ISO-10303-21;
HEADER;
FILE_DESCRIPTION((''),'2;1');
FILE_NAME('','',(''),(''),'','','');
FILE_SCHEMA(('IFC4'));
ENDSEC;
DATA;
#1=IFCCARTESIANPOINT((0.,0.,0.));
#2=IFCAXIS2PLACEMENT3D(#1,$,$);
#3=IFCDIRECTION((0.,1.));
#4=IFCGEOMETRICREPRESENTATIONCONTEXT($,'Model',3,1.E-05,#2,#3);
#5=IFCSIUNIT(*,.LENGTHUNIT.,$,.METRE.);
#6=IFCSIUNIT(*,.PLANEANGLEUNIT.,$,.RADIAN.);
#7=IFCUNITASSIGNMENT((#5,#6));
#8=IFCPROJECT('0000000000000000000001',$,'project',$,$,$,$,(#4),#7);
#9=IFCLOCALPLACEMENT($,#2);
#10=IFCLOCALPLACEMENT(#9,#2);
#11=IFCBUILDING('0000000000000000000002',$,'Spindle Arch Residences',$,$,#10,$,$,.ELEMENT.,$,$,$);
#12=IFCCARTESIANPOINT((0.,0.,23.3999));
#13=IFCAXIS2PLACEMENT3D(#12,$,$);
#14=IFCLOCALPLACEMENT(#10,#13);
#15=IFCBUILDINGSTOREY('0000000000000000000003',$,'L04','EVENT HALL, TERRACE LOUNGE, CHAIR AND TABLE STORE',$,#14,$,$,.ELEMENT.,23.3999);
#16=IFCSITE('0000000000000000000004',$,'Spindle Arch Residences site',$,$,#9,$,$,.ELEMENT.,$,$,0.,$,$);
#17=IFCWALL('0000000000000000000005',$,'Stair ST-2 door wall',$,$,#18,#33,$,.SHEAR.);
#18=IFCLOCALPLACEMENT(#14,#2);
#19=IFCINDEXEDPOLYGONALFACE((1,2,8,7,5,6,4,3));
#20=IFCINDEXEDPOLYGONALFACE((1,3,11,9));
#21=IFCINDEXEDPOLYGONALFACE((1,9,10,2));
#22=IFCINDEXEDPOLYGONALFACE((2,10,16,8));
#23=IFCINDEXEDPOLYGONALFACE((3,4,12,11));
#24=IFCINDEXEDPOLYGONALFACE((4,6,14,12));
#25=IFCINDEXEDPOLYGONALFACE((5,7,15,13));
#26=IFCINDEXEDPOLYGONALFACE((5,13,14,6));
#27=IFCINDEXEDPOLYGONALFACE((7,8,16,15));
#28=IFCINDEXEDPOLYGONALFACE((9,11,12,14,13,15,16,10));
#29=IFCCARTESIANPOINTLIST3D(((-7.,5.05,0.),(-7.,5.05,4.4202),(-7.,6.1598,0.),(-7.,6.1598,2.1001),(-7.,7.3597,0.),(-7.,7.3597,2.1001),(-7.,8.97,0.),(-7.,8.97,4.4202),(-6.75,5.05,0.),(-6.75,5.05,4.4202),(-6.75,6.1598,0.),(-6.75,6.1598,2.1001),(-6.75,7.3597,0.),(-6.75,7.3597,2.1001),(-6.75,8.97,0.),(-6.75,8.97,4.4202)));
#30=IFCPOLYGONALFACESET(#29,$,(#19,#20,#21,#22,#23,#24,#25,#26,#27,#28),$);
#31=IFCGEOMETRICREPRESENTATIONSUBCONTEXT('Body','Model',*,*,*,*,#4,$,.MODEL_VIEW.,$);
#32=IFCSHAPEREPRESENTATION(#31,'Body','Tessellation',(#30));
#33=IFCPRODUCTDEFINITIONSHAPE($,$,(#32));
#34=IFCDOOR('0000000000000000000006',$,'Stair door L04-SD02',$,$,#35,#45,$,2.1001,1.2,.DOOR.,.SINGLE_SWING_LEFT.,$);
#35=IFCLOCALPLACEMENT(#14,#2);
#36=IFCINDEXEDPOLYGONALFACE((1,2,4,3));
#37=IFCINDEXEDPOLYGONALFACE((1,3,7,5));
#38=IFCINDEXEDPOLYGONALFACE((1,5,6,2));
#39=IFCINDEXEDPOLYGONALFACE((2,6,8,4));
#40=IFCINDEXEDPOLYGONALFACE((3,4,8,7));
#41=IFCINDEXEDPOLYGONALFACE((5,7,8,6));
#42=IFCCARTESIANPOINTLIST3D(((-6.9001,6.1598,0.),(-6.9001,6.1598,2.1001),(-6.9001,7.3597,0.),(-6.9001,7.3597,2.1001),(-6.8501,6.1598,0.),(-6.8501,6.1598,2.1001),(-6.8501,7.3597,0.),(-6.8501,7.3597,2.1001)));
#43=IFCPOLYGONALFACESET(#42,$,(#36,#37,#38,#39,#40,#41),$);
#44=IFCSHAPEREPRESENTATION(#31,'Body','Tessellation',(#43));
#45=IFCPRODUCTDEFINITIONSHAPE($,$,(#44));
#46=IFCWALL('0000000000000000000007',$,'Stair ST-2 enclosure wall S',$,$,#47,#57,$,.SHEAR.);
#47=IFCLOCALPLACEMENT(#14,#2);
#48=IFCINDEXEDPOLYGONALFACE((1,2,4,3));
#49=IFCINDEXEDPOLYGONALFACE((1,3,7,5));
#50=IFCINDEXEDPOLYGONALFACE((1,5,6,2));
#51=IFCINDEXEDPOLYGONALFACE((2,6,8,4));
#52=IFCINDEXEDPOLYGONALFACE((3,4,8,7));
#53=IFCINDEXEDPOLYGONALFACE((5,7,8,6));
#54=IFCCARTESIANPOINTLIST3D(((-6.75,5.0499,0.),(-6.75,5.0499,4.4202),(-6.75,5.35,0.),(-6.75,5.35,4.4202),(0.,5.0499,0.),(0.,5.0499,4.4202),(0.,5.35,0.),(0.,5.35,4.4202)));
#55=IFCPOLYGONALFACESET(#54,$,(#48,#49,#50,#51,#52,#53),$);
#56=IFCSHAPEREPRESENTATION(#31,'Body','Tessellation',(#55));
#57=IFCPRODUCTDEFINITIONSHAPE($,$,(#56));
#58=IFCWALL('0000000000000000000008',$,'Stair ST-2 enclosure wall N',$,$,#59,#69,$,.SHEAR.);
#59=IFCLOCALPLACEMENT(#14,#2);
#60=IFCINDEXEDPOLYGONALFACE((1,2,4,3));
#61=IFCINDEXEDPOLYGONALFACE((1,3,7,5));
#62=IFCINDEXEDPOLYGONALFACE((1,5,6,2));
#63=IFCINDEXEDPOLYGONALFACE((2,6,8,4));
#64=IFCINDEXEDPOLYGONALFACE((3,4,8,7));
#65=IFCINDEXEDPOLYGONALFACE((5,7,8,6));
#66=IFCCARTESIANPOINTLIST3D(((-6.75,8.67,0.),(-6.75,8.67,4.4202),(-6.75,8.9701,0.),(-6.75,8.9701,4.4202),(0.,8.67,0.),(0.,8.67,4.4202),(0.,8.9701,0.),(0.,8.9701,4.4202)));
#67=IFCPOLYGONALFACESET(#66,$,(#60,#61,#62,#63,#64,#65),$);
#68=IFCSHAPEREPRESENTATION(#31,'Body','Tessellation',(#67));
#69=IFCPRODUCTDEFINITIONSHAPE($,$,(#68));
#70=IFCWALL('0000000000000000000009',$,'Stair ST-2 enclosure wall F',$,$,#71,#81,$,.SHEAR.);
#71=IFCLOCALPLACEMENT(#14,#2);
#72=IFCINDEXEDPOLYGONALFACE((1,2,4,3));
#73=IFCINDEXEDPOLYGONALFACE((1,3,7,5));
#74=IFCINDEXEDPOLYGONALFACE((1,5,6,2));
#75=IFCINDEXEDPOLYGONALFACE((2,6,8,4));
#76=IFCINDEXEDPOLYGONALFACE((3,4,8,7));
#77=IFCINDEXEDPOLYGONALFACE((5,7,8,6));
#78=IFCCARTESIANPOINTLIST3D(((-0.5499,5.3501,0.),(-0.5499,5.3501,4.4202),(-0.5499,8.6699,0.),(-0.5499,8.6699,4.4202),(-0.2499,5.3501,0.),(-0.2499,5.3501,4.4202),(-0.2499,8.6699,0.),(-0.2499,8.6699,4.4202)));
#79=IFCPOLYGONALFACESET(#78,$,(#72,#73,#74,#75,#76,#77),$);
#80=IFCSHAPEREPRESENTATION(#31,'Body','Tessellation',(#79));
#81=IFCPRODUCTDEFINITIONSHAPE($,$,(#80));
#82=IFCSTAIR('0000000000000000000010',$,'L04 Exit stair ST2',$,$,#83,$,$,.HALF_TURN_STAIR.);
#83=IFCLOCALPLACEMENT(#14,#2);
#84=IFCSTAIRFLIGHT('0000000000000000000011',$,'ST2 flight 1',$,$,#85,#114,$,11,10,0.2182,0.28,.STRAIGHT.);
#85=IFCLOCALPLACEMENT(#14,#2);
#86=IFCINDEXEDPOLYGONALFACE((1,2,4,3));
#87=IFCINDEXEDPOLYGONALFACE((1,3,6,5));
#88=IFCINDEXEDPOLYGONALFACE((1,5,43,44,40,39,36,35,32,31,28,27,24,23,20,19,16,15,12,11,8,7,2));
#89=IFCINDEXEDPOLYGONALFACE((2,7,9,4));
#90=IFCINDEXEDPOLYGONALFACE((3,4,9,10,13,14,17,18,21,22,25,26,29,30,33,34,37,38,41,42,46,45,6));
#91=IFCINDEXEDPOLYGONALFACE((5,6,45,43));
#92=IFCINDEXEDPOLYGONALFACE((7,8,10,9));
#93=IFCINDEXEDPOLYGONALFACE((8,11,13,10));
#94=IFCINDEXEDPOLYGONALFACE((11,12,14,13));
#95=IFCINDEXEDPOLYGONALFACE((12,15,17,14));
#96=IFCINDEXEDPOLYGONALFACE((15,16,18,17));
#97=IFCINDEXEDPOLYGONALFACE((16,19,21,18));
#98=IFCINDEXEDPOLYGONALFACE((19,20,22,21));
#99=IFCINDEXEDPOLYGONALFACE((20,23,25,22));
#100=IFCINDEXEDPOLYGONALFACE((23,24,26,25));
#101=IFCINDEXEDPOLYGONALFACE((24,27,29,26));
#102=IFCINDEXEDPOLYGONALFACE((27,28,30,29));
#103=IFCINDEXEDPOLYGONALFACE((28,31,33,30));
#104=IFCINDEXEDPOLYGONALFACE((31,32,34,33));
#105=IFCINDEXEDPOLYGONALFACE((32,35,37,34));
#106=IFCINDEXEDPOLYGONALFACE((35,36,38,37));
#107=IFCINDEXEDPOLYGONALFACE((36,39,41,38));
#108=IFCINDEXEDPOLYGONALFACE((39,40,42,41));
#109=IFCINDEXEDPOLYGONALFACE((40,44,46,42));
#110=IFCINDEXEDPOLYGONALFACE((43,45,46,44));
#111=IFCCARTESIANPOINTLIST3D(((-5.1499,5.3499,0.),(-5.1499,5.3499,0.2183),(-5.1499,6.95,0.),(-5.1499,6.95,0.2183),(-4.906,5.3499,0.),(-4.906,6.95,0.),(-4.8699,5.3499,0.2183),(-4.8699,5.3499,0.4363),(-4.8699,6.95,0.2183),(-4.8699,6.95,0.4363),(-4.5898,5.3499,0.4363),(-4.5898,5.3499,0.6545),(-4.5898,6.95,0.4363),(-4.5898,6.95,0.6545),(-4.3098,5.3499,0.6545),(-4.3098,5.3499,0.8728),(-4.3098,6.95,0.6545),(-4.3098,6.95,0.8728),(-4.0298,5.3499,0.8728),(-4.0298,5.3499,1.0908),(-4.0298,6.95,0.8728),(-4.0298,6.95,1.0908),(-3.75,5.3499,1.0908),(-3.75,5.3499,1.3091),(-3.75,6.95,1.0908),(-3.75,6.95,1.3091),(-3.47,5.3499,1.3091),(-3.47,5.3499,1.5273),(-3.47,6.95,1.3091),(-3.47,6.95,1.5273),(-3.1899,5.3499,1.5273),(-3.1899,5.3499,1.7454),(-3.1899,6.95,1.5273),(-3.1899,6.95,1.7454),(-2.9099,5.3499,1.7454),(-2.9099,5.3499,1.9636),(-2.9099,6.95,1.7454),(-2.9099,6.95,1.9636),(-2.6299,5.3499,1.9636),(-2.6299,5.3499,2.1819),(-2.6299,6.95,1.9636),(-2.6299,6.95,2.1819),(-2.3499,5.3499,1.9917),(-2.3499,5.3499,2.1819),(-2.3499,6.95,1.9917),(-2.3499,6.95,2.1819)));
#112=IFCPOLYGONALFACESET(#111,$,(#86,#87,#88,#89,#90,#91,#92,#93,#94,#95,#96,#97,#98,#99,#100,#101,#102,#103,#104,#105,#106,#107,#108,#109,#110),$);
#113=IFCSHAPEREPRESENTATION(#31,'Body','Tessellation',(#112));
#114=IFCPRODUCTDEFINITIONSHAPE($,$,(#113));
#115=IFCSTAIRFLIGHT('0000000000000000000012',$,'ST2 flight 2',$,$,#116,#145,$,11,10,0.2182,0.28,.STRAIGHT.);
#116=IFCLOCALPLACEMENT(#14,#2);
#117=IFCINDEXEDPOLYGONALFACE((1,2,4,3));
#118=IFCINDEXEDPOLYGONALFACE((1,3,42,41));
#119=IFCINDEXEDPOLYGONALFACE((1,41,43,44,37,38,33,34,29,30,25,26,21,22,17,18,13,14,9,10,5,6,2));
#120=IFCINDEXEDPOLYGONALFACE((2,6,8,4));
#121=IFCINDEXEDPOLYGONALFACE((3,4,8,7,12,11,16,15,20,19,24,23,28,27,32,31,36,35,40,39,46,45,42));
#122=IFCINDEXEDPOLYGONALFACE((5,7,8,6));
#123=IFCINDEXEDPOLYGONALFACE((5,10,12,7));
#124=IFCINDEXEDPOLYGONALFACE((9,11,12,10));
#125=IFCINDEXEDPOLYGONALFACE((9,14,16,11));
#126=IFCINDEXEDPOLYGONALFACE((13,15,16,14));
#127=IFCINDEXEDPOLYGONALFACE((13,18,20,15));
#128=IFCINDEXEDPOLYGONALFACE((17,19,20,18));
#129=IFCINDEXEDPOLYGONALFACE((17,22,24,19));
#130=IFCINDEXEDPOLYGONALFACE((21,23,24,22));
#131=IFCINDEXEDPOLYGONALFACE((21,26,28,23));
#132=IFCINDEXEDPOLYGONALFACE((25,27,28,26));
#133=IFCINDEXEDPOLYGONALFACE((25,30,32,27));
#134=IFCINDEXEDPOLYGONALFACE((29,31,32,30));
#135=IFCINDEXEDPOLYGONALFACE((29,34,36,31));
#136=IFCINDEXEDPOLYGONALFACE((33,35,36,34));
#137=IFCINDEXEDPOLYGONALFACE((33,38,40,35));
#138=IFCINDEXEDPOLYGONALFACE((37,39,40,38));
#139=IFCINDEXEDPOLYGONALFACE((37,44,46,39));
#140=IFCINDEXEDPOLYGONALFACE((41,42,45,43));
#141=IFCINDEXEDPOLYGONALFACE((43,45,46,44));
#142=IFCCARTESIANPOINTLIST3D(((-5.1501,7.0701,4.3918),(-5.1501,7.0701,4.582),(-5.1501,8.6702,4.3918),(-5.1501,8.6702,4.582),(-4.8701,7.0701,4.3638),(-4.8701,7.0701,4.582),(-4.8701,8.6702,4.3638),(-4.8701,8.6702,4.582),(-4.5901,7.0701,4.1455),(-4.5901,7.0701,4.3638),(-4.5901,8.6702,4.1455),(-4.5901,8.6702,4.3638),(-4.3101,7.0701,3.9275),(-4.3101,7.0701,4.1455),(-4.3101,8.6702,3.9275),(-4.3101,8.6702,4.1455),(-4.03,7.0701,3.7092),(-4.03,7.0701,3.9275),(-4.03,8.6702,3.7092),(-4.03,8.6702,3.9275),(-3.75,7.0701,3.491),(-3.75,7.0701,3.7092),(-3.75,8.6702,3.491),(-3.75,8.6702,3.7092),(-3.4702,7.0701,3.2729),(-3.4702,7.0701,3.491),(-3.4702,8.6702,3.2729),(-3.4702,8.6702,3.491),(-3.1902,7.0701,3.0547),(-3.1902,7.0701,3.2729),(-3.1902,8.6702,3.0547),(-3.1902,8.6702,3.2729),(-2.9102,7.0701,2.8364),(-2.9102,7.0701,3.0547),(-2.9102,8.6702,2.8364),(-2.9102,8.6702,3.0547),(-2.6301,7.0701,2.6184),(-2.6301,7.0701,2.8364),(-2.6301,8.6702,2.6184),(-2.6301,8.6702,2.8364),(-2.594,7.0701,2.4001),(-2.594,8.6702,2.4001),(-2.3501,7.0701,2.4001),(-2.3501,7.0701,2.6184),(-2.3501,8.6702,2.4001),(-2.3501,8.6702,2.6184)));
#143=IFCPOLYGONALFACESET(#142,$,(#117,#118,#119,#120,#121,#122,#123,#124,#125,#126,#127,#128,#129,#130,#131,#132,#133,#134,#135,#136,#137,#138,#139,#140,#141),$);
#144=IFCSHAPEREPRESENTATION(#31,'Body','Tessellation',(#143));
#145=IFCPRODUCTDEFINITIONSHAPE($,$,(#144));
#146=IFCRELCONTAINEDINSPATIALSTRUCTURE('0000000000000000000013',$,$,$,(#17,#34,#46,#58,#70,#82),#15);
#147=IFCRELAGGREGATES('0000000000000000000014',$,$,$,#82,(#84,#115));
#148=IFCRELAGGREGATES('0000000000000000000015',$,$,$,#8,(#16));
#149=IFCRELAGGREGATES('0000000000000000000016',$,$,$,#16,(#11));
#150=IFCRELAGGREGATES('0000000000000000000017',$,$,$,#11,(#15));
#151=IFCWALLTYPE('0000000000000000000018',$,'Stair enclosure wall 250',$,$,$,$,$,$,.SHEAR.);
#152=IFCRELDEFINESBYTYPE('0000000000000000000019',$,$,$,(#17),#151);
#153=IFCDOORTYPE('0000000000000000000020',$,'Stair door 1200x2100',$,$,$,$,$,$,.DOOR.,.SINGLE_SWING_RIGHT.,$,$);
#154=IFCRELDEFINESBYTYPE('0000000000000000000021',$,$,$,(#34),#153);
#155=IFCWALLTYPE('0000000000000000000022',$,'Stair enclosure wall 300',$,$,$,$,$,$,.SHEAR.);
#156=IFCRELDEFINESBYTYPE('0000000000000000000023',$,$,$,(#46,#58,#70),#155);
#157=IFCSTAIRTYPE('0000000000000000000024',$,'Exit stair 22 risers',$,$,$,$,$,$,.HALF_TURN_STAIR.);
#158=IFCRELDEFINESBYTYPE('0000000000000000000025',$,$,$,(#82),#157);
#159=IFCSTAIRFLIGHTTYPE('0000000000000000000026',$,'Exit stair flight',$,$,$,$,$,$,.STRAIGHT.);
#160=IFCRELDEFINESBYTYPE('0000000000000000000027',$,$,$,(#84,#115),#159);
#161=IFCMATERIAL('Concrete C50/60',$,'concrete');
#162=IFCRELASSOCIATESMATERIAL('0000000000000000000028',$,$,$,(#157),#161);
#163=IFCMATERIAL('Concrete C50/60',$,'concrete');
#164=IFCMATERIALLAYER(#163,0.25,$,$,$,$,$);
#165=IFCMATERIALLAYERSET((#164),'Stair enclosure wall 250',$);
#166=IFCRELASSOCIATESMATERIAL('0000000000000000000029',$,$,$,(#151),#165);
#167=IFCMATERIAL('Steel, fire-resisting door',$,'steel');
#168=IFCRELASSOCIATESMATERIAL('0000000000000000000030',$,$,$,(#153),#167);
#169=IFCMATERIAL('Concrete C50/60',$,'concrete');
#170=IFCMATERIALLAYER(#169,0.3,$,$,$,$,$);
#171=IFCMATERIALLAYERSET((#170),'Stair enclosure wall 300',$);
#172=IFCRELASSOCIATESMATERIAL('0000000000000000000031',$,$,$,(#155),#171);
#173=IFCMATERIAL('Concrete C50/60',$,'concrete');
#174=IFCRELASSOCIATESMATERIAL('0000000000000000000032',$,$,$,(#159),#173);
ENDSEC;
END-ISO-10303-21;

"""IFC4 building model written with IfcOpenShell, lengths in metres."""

from ifc_helpers import new_model, si_unit, direction, frame, frame_2d, origin, place, context, subcontext, project, spatial, polyline, rectangle, outline, extrude, material, layer, layer_set, type_object, element, fill, aggregate, save


model = new_model("IFC4")

# Units and contexts
model_context = context("Model", 3, precision=1e-05, world=origin(), true_north=direction((0.0, 1.0)))
body_context = subcontext(model_context, "Body", "Model", "MODEL_VIEW")
ifc_project = project(units=[si_unit("LENGTHUNIT", "METRE"), si_unit("PLANEANGLEUNIT", "RADIAN")], contexts=[model_context])

# Site, building, storey
site_placement = place(None, origin())
site = spatial("IfcSite", under=ifc_project, at=site_placement, Name="Spindle Arch Residences site", CompositionType="ELEMENT", RefElevation=0.0)
building_placement = place(site_placement, origin())
building = spatial("IfcBuilding", under=site, at=building_placement, Name="Spindle Arch Residences", CompositionType="ELEMENT")
storey_placement = place(building_placement, frame((0.0, 0.0, 23.3999)))
storey = spatial("IfcBuildingStorey", under=building, at=storey_placement, Name="L04", Description="EVENT HALL, TERRACE LOUNGE, CHAIR AND TABLE STORE", CompositionType="ELEMENT", Elevation=23.3999)

# Shared definitions
ifc_material_1 = material(Name="Concrete C50/60", Category="concrete")
stair_type = type_object("IfcStairType", Name="Exit stair 22 risers", PredefinedType="HALF_TURN_STAIR", material=ifc_material_1)

# Wall, opening, door
ifc_material_2 = material(Name="Concrete C50/60", Category="concrete")
ifc_layer_1 = layer(ifc_material_2, 0.25)
ifc_layer_set_1 = layer_set([ifc_layer_1], Name="Stair enclosure wall 250")
wall_type_1 = type_object("IfcWallType", Name="Stair enclosure wall 250", PredefinedType="SHEAR", material=ifc_layer_set_1)
wall_1_placement = place(storey_placement, frame((-6.875, 8.97, 0.0), z_axis=(0.0, 0.0, 1.0), x_axis=(0.0, -1.0, 0.0)))
wall_1 = element("IfcWall", 1, at=wall_1_placement, inside=storey, type_object=wall_type_1, Name="Stair ST-2 door wall", PredefinedType="SHEAR", context=body_context, shape_type="SweptSolid", body=[
    extrude(rectangle(XDim=3.9199, YDim=0.25, at=frame_2d((1.96, 0.0))), origin(), (0.0, 0.0, 1.0), 4.4202),
])
opening_1_placement = place(wall_1_placement, frame((1.6101, 0.0, 0.0)))
opening_1 = element("IfcOpeningElement", 2, at=opening_1_placement, cuts=wall_1, PredefinedType="OPENING", context=body_context, shape_type="SweptSolid", body=[
    extrude(rectangle(XDim=1.2, YDim=2.1001, at=frame_2d((0.6001, 1.05))), frame((0.0, 0.135, 0.0), z_axis=(0.0, -1.0, 0.0), x_axis=(1.0, 0.0, 0.0)), (0.0, 0.0, 1.0), 0.27),
])
ifc_material_3 = material(Name="Steel, fire-resisting door", Category="steel")
door_type_1 = type_object("IfcDoorType", Name="Stair door 1200x2100", OperationType="SINGLE_SWING_RIGHT", PredefinedType="DOOR", material=ifc_material_3)
door_1_placement = place(opening_1_placement, origin())
door_1 = element("IfcDoor", 3, at=door_1_placement, inside=storey, type_object=door_type_1, Name="Stair door L04-SD02", OperationType="SINGLE_SWING_LEFT", OverallHeight=2.1001, OverallWidth=1.2, PredefinedType="DOOR", context=body_context, shape_type="SweptSolid", body=[
    extrude(rectangle(XDim=1.2, YDim=2.1001, at=frame_2d((0.6001, 1.05))), frame((0.0, 0.0249, 0.0), z_axis=(0.0, -1.0, 0.0), x_axis=(1.0, 0.0, 0.0)), (0.0, 0.0, 1.0), 0.05),
])
fill(opening_1, door_1)

# Walls
ifc_material_4 = material(Name="Concrete C50/60", Category="concrete")
ifc_layer_2 = layer(ifc_material_4, 0.3)
ifc_layer_set_2 = layer_set([ifc_layer_2], Name="Stair enclosure wall 300")
wall_type_2 = type_object("IfcWallType", Name="Stair enclosure wall 300", PredefinedType="SHEAR", material=ifc_layer_set_2)
for number, where, z_axis, x_axis, name in (
    (4, (-6.75, 5.2, 0.0), (0.0, 0.0, 1.0), (1.0, 0.0, 0.0), "Stair ST-2 enclosure wall S"),
    (5, (-6.75, 8.8201, 0.0), (0.0, 0.0, 1.0), (1.0, 0.0, 0.0), "Stair ST-2 enclosure wall N"),
):
    element("IfcWall", number, at=place(storey_placement, frame(where, z_axis=z_axis, x_axis=x_axis)), inside=storey, type_object=wall_type_2, Name=name, PredefinedType="SHEAR", context=body_context, shape_type="SweptSolid", body=[
        extrude(rectangle(XDim=6.75, YDim=0.3, at=frame_2d((3.375, 0.0))), origin(), (0.0, 0.0, 1.0), 4.4202),
    ])
wall_2_placement = place(storey_placement, frame((-0.3999, 5.3501, 0.0), z_axis=(0.0, 0.0, 1.0), x_axis=(0.0, 1.0, 0.0)))
element("IfcWall", 6, at=wall_2_placement, inside=storey, type_object=wall_type_2, Name="Stair ST-2 enclosure wall F", PredefinedType="SHEAR", context=body_context, shape_type="SweptSolid", body=[
    extrude(rectangle(XDim=3.3198, YDim=0.3, at=frame_2d((1.6599, 0.0))), origin(), (0.0, 0.0, 1.0), 4.4202),
])

# Stair, stair flights
stair_1_placement = place(storey_placement, origin())
stair_1 = element("IfcStair", 7, at=stair_1_placement, inside=storey, type_object=stair_type, Name="L04 Exit stair ST2", PredefinedType="HALF_TURN_STAIR")
ifc_material_5 = material(Name="Concrete C50/60", Category="concrete")
stair_flight_type = type_object("IfcStairFlightType", Name="Exit stair flight", PredefinedType="STRAIGHT", material=ifc_material_5)
stair_flight_1_placement = place(storey_placement, frame((-5.1499, 6.1499, 0.0), z_axis=(0.0, 0.0, 1.0), x_axis=(1.0, 0.0, 0.0)))
stair_flight_1 = element("IfcStairFlight", 8, at=stair_flight_1_placement, type_object=stair_flight_type, Name="ST2 flight 1", NumberOfRisers=11, NumberOfTreads=10, PredefinedType="STRAIGHT", RiserHeight=0.2182, TreadLength=0.28, context=body_context, shape_type="SweptSolid", body=[
    extrude(outline(polyline([(0.0, 0.0), (0.0, 0.2183), (0.28, 0.2183), (0.28, 0.4363), (0.5601, 0.4363), (0.5601, 0.6545), (0.8401, 0.6545), (0.8401, 0.8728), (1.1201, 0.8728), (1.1201, 1.0908), (1.3999, 1.0908), (1.3999, 1.3091), (1.6799, 1.3091), (1.6799, 1.5273), (1.96, 1.5273), (1.96, 1.7454), (2.24, 1.7454), (2.24, 1.9636), (2.52, 1.9636), (2.52, 2.1819), (2.8, 2.1819), (2.8, 2.3999), (2.8, 1.9917), (0.2439, 0.0), (0.0, 0.0)])), frame((0.0, 0.8, 0.0), z_axis=(0.0, -1.0, 0.0), x_axis=(1.0, 0.0, 0.0)), (0.0, 0.0, 1.0), 1.6001),
])
stair_flight_2_placement = place(storey_placement, frame((-2.3501, 7.8701, 2.4001), z_axis=(0.0, 0.0, 1.0), x_axis=(-1.0, 0.0, 0.0)))
stair_flight_2 = element("IfcStairFlight", 9, at=stair_flight_2_placement, type_object=stair_flight_type, Name="ST2 flight 2", NumberOfRisers=11, NumberOfTreads=10, PredefinedType="STRAIGHT", RiserHeight=0.2182, TreadLength=0.28, context=body_context, shape_type="SweptSolid", body=[
    extrude(outline(polyline([(0.0, 0.0), (0.0, 0.2183), (0.28, 0.2183), (0.28, 0.4363), (0.5601, 0.4363), (0.5601, 0.6545), (0.8401, 0.6545), (0.8401, 0.8728), (1.1201, 0.8728), (1.1201, 1.0908), (1.3999, 1.0908), (1.3999, 1.3091), (1.6799, 1.3091), (1.6799, 1.5273), (1.96, 1.5273), (1.96, 1.7454), (2.24, 1.7454), (2.24, 1.9636), (2.52, 1.9636), (2.52, 2.1819), (2.8, 2.1819), (2.8, 2.3999), (2.8, 1.9917), (0.2439, 0.0), (0.0, 0.0)])), frame((0.0, 0.8, 0.0), z_axis=(0.0, -1.0, 0.0), x_axis=(1.0, 0.0, 0.0)), (0.0, 0.0, 1.0), 1.6001),
])
aggregate(stair_1, [stair_flight_1, stair_flight_2])

save(model, "model.ifc")
